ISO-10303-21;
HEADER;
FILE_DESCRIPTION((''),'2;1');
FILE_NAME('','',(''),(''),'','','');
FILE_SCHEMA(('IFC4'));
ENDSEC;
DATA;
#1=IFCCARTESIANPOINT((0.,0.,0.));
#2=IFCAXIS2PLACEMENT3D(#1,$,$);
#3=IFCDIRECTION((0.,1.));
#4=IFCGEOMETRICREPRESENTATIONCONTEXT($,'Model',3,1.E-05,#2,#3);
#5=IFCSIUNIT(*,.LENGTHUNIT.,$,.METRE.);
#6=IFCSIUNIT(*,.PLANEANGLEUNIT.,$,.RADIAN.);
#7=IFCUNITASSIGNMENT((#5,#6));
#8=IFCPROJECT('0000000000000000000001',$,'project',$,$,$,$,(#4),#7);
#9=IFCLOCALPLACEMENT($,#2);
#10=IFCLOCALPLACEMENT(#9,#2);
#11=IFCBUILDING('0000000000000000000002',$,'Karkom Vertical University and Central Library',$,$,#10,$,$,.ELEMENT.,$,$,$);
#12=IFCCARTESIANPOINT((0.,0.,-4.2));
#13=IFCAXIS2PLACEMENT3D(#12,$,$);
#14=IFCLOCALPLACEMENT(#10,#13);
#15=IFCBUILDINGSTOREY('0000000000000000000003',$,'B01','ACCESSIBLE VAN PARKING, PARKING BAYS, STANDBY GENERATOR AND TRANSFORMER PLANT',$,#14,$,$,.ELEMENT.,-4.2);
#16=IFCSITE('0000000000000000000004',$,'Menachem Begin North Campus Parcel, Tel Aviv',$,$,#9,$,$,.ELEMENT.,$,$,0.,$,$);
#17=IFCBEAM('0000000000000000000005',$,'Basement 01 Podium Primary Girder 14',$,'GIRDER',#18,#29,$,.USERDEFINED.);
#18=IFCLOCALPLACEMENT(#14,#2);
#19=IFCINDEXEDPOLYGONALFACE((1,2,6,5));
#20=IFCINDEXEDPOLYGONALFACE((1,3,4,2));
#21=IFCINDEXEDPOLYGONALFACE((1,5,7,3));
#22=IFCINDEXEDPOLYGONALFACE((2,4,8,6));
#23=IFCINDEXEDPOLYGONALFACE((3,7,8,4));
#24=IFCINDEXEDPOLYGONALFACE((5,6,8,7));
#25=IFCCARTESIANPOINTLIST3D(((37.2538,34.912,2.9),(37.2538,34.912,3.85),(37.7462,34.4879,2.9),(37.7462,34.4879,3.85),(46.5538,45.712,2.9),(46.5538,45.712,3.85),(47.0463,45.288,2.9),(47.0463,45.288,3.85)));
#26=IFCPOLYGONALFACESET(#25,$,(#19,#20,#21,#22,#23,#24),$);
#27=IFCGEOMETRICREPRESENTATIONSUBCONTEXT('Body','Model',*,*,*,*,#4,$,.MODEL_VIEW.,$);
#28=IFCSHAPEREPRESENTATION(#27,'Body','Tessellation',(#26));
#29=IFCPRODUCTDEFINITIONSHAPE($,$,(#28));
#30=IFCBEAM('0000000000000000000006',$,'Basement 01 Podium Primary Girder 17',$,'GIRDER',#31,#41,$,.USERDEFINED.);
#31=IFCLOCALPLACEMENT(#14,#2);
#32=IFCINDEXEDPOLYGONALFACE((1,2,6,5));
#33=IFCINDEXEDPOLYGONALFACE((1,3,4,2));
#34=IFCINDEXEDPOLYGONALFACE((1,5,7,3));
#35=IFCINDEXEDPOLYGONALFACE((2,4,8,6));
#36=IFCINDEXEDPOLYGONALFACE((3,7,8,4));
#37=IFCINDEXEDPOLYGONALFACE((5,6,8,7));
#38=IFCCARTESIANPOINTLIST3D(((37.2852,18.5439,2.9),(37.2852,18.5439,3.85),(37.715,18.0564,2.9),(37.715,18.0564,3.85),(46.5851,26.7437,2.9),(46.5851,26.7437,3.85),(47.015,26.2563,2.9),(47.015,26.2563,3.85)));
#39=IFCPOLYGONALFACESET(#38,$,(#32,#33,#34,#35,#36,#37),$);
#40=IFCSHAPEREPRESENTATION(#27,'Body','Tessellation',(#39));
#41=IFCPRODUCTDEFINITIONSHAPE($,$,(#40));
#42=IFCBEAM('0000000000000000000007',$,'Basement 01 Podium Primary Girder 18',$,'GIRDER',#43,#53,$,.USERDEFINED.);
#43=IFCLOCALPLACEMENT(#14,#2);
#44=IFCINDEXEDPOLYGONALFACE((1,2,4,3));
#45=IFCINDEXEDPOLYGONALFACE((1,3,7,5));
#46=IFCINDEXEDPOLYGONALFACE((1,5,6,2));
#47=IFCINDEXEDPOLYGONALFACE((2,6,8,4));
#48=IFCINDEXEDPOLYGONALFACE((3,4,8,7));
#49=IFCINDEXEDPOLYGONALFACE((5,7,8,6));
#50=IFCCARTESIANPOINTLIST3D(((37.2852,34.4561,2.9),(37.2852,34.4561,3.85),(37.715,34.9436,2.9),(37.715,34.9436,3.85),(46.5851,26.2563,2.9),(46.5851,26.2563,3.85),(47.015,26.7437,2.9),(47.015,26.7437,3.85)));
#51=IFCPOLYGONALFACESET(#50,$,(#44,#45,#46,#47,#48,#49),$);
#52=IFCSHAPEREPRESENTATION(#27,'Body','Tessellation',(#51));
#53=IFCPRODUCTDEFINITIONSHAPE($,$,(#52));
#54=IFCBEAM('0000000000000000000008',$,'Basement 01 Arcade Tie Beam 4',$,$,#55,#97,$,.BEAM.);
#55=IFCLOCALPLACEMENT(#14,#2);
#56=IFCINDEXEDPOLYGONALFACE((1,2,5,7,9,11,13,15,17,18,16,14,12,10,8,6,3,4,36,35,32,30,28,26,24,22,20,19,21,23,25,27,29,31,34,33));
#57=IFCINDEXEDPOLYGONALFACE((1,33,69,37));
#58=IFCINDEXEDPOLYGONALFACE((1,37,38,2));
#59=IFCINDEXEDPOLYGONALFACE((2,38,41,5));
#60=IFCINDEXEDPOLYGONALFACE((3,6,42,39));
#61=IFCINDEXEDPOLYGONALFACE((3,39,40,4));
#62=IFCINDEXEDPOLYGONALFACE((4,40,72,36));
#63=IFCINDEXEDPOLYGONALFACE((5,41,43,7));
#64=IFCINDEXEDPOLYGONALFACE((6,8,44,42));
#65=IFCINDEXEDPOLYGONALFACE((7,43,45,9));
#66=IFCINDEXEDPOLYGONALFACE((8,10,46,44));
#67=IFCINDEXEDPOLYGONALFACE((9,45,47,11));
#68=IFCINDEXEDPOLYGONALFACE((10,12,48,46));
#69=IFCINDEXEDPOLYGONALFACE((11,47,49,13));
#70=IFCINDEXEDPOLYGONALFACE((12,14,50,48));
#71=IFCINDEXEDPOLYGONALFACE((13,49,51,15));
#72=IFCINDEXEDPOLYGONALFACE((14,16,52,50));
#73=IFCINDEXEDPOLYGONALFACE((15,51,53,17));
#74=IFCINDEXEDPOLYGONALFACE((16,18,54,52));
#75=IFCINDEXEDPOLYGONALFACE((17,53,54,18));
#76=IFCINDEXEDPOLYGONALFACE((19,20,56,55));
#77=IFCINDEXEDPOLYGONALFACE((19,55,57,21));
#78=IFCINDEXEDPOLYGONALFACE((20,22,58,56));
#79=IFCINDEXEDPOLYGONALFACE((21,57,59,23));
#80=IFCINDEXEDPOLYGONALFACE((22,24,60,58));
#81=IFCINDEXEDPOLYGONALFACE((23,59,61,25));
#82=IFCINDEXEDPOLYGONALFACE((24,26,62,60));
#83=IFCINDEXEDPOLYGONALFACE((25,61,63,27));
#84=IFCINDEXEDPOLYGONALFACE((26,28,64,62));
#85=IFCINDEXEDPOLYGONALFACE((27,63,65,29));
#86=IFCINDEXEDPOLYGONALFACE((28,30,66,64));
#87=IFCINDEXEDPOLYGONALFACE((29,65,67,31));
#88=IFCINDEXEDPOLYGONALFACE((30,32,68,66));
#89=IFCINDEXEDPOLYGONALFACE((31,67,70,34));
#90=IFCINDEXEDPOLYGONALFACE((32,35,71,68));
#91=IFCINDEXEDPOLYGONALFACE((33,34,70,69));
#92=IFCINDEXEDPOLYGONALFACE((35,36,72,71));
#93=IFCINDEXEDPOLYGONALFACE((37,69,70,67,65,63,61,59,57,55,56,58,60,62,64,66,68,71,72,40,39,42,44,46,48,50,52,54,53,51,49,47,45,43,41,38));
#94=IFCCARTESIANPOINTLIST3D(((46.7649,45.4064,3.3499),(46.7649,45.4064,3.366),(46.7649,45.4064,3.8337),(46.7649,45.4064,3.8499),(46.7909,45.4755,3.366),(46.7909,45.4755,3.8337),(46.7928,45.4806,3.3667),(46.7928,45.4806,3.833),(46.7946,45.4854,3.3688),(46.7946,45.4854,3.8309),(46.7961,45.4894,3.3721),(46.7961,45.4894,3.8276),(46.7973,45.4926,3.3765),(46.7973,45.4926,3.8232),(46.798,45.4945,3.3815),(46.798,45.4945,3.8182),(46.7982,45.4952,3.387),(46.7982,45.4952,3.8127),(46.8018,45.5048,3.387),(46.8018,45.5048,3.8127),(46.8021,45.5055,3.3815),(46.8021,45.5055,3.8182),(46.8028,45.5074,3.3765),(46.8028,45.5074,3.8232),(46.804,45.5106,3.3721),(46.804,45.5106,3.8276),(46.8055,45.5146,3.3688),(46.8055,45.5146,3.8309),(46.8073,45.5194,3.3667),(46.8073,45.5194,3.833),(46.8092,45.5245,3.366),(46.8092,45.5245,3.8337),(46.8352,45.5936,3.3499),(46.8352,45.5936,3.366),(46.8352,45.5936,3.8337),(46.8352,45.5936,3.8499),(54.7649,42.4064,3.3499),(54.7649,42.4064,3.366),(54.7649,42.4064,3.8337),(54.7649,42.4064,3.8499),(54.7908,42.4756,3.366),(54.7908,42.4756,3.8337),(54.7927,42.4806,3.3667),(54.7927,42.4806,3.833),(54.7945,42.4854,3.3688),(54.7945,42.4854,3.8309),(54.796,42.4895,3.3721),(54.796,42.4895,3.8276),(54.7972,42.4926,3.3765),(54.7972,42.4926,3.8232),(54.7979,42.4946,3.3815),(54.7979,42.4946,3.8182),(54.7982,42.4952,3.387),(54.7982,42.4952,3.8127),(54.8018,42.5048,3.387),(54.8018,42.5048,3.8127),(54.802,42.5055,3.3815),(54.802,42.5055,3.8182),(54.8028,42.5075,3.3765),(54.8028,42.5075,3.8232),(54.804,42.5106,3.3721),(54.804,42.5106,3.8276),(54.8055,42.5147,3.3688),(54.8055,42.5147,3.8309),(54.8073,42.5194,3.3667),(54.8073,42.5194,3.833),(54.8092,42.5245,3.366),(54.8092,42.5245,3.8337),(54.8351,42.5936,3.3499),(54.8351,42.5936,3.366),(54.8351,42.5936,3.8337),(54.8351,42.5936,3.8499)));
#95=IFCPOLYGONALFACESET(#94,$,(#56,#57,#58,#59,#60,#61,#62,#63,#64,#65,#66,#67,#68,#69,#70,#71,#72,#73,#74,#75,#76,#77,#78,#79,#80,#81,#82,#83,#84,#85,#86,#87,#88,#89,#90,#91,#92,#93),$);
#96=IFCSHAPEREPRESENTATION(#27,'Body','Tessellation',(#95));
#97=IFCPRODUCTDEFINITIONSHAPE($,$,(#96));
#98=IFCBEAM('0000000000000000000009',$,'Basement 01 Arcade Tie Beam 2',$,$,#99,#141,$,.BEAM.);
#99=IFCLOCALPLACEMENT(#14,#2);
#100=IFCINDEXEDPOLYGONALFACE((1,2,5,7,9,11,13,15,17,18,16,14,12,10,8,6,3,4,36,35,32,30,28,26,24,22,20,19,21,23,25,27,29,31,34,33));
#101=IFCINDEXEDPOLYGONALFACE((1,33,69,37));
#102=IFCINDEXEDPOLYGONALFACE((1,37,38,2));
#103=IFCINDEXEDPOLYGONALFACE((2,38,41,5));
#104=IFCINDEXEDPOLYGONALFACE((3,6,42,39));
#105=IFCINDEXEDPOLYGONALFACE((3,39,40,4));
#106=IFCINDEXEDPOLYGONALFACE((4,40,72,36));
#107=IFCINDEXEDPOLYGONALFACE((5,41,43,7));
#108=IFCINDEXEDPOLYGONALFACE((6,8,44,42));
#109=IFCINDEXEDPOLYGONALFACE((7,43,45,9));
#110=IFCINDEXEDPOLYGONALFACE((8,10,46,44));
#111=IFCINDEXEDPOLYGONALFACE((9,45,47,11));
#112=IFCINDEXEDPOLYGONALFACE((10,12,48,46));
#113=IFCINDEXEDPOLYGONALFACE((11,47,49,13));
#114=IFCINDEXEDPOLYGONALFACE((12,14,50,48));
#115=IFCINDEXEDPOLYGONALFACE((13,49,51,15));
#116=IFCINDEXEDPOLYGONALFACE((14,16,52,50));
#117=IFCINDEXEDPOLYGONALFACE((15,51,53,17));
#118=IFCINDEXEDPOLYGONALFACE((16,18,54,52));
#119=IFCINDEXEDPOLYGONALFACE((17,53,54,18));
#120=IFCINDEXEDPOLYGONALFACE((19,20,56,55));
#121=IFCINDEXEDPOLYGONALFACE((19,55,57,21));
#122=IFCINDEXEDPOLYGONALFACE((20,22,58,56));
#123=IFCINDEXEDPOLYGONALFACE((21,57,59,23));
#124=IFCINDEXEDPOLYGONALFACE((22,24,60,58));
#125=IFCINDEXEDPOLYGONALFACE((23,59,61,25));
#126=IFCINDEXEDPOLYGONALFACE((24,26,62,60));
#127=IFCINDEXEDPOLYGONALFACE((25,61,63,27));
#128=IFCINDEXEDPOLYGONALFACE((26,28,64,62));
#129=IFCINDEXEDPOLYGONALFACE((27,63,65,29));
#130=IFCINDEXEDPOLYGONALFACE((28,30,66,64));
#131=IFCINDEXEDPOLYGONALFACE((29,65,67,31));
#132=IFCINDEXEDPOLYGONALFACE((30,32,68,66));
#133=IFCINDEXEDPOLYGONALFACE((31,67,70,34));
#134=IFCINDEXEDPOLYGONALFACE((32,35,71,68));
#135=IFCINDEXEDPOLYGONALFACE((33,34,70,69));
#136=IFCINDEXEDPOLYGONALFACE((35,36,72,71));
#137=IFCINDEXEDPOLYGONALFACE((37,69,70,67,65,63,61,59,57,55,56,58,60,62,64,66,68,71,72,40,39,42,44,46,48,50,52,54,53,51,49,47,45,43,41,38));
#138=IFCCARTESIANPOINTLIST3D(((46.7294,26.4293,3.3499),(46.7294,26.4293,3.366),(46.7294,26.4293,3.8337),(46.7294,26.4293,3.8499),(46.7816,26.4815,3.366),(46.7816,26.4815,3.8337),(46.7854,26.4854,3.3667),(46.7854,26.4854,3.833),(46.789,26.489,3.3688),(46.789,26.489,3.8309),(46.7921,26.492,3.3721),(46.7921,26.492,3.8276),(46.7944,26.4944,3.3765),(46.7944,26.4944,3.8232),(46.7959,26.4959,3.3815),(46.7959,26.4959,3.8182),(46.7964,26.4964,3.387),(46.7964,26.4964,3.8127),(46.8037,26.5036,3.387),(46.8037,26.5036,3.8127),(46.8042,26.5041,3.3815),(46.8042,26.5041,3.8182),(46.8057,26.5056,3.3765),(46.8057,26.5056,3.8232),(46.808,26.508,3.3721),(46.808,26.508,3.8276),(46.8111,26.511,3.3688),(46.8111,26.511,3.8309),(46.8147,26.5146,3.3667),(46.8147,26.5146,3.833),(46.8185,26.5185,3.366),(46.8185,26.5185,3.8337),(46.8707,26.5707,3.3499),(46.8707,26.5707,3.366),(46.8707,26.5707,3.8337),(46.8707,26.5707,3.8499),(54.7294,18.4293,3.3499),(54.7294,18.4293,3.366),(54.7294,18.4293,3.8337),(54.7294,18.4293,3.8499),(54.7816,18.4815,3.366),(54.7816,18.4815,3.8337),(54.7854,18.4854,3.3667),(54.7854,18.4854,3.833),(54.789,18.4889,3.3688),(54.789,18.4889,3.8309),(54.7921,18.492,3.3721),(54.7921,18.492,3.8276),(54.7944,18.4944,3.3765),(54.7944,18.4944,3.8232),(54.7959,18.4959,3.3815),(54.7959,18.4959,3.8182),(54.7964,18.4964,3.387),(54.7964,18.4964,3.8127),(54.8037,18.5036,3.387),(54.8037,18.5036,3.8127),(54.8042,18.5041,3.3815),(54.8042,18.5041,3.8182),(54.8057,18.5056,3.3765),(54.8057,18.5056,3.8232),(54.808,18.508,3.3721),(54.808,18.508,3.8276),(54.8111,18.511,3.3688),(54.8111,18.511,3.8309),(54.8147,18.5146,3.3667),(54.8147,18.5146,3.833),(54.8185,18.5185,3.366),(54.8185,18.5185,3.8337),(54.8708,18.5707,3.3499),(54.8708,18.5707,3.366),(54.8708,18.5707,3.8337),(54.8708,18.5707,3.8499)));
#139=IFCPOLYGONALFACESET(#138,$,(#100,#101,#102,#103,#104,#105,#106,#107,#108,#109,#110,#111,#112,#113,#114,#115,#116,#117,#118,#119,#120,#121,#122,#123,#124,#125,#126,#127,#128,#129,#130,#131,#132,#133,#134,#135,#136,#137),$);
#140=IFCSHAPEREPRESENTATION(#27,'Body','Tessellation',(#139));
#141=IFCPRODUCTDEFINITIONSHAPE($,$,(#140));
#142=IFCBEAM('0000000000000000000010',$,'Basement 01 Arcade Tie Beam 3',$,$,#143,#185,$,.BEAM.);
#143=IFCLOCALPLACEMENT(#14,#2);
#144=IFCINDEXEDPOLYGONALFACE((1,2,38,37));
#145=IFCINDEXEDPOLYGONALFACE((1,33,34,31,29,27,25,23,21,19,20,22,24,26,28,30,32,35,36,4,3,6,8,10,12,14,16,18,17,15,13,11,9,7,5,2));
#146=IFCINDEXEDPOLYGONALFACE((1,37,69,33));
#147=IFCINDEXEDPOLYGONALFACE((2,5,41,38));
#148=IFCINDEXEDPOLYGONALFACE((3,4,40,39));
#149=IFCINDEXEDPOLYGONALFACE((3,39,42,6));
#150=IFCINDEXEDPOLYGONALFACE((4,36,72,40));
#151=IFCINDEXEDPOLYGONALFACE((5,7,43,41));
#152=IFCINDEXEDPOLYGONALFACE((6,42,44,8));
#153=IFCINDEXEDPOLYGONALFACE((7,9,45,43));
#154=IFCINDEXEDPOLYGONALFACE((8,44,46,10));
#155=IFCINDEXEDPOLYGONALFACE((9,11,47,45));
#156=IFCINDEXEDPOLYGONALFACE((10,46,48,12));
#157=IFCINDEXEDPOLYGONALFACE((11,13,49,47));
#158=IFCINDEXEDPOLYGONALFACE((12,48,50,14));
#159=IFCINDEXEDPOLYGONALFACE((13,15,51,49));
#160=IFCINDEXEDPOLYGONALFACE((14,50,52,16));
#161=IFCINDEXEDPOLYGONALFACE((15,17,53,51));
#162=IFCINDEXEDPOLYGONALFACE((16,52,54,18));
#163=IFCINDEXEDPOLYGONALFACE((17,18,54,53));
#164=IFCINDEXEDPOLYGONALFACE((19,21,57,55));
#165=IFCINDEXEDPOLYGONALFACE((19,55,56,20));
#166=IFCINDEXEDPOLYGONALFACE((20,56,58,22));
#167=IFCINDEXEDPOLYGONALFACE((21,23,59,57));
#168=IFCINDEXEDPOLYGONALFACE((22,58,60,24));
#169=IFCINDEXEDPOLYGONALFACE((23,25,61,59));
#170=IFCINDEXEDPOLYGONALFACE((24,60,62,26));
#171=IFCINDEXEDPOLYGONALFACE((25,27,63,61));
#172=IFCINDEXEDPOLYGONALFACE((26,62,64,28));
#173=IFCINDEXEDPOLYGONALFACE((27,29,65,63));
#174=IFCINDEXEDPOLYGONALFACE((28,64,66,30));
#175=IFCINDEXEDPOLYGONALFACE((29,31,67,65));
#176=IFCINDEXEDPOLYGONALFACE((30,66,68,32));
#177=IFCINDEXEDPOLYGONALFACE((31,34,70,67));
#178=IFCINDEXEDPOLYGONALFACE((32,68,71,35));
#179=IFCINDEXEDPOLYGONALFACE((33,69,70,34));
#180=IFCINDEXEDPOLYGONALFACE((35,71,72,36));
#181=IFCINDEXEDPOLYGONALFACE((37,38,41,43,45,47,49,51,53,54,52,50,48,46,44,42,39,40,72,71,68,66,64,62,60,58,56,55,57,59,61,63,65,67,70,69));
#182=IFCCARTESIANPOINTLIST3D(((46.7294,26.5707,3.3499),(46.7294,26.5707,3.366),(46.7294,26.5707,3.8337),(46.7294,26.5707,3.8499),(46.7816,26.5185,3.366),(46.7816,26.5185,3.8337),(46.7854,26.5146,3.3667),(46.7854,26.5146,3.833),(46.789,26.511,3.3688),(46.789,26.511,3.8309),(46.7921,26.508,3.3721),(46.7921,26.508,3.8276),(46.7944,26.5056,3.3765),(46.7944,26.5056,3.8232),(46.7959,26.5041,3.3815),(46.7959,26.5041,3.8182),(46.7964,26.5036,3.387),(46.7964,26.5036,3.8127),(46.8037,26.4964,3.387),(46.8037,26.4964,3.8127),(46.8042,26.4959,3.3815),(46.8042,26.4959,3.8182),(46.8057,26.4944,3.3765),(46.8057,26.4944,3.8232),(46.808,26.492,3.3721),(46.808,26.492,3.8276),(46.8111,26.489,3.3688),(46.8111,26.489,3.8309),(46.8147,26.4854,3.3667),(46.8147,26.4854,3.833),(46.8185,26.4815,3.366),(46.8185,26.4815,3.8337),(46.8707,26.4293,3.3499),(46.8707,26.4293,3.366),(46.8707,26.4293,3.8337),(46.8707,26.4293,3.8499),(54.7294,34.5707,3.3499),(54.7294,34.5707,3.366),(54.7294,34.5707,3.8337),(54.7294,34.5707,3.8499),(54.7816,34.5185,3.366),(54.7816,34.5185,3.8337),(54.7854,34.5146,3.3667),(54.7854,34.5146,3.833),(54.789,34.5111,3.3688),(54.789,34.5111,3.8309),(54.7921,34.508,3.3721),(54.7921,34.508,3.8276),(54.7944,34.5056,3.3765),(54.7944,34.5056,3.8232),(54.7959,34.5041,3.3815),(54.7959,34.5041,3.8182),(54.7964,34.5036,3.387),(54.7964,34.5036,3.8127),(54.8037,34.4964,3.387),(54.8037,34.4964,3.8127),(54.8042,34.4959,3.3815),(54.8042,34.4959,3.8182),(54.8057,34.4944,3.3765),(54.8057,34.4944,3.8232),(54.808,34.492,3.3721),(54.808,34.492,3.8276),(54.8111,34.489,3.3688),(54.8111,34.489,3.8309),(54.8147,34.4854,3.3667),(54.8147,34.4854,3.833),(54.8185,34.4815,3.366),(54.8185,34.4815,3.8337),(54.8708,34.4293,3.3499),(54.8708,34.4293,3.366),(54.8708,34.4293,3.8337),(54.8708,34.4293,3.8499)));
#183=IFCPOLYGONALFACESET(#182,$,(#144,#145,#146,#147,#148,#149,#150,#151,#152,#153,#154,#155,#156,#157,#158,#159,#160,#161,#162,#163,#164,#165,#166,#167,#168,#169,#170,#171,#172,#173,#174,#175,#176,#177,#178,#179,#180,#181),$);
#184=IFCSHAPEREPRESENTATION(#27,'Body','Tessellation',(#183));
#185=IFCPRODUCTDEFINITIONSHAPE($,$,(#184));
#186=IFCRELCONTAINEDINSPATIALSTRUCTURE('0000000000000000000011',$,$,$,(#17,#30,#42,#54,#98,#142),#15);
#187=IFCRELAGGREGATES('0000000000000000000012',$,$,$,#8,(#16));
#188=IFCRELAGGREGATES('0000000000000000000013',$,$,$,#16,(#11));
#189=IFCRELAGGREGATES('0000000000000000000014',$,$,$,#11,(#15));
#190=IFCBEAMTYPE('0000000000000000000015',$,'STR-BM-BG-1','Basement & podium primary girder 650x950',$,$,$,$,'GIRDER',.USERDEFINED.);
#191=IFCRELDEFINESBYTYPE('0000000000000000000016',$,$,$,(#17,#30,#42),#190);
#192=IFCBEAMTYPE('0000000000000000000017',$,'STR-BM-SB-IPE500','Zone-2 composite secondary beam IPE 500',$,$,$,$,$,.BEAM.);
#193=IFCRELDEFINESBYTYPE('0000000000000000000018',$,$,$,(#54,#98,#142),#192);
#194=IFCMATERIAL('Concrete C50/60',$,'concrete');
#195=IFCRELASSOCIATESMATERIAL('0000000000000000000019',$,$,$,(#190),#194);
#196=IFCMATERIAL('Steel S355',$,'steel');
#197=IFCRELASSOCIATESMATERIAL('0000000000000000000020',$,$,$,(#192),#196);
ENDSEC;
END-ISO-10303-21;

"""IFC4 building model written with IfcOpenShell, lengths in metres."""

from ifc_helpers import new_model, si_unit, direction, frame, origin, origin_with_axes, origin_2d, place, context, subcontext, project, spatial, rectangle, i_section, extrude, source, transform, mapped, material, material_profile, profile_set, type_object, element, save


model = new_model("IFC4")

# Units and contexts
model_context = context("Model", 3, precision=1e-05, world=origin(), true_north=direction((0.0, 1.0)))
body_context = subcontext(model_context, "Body", "Model", "MODEL_VIEW")
ifc_project = project(units=[si_unit("LENGTHUNIT", "METRE"), si_unit("PLANEANGLEUNIT", "RADIAN")], contexts=[model_context])

# Site, building, storey
site_placement = place(None, origin())
site = spatial("IfcSite", under=ifc_project, at=site_placement, Name="Menachem Begin North Campus Parcel, Tel Aviv", CompositionType="ELEMENT", RefElevation=0.0)
building_placement = place(site_placement, origin())
building = spatial("IfcBuilding", under=site, at=building_placement, Name="Karkom Vertical University and Central Library", CompositionType="ELEMENT")
storey_placement = place(building_placement, frame((0.0, 0.0, -4.2)))
storey = spatial("IfcBuildingStorey", under=building, at=storey_placement, Name="B01", Description="ACCESSIBLE VAN PARKING, PARKING BAYS, STANDBY GENERATOR AND TRANSFORMER PLANT", CompositionType="ELEMENT", Elevation=-4.2)

# Shared definitions
ifc_material_1 = material(Name="Concrete C50/60", Category="concrete")

# Beams
ifc_material_profile_1 = material_profile(ifc_material_1, rectangle(XDim=0.6499, YDim=0.95, at=origin_2d()), Name="RCG-650x950")
ifc_profile_set_1 = profile_set([ifc_material_profile_1], Name="Concrete C50/60")
beam_type_1 = type_object("IfcBeamType", Name="STR-BM-BG-1", Description="Basement & podium primary girder 650x950", ElementType="GIRDER", PredefinedType="USERDEFINED", material=ifc_profile_set_1)
shared_shape_1 = source(origin_with_axes(), body_context, "Body", "SweptSolid", [
    extrude(rectangle(XDim=0.6499, YDim=0.95, at=origin_2d()), origin(), (0.0, 0.0, 1.0), 14.2524),
])
beam_1_placement = place(storey_placement, frame((46.8, 45.5, 3.375), z_axis=(-0.652523, -0.757769, 0.0), x_axis=(0.757769, -0.652523, 0.0)))
element("IfcBeam", 1, at=beam_1_placement, inside=storey, type_object=beam_type_1, Name="Basement 01 Podium Primary Girder 14", ObjectType="GIRDER", PredefinedType="USERDEFINED", context=body_context, shape_type="MappedRepresentation", body=[
    mapped(shared_shape_1, transform((0.0, 0.0, 0.0), scale=1.0)),
])
shared_shape_2 = source(origin_with_axes(), body_context, "Body", "SweptSolid", [
    extrude(rectangle(XDim=0.6499, YDim=0.95, at=origin_2d()), origin(), (0.0, 0.0, 1.0), 12.3987),
])
for number, where, z_axis, x_axis, name in (
    (2, (46.8, 26.5, 3.375), (-0.750077, -0.661351, 0.0), (0.661351, -0.750077, 0.0), "Basement 01 Podium Primary Girder 17"),
    (3, (46.8, 26.5, 3.375), (-0.750077, 0.661351, 0.0), (-0.661351, -0.750077, 0.0), "Basement 01 Podium Primary Girder 18"),
):
    element("IfcBeam", number, at=place(storey_placement, frame(where, z_axis=z_axis, x_axis=x_axis)), inside=storey, type_object=beam_type_1, Name=name, ObjectType="GIRDER", PredefinedType="USERDEFINED", context=body_context, shape_type="MappedRepresentation", body=[
        mapped(shared_shape_2, transform((0.0, 0.0, 0.0), scale=1.0)),
    ])
ifc_material_2 = material(Name="Steel S355", Category="steel")
ifc_material_profile_2 = material_profile(ifc_material_2, i_section(OverallWidth=0.2, OverallDepth=0.5, WebThickness=0.0103, FlangeThickness=0.0161, FilletRadius=0.021, at=origin_2d()), Name="IPE 500")
ifc_profile_set_2 = profile_set([ifc_material_profile_2], Name="Steel S355")
beam_type_2 = type_object("IfcBeamType", Name="STR-BM-SB-IPE500", Description="Zone-2 composite secondary beam IPE 500", PredefinedType="BEAM", material=ifc_profile_set_2)
shared_shape_3 = source(origin_with_axes(), body_context, "Body", "SweptSolid", [
    extrude(i_section(OverallWidth=0.2, OverallDepth=0.5, WebThickness=0.0103, FlangeThickness=0.0161, FilletRadius=0.021, at=origin_2d()), origin(), (0.0, 0.0, 1.0), 8.5439),
])
beam_2_placement = place(storey_placement, frame((46.8, 45.5, 3.5999), z_axis=(0.936329, -0.351123, 0.0), x_axis=(0.351123, 0.936329, 0.0)))
element("IfcBeam", 4, at=beam_2_placement, inside=storey, type_object=beam_type_2, Name="Basement 01 Arcade Tie Beam 4", PredefinedType="BEAM", context=body_context, shape_type="MappedRepresentation", body=[
    mapped(shared_shape_3, transform((0.0, 0.0, 0.0), scale=1.0)),
])
shared_shape_4 = source(origin_with_axes(), body_context, "Body", "SweptSolid", [
    extrude(i_section(OverallWidth=0.2, OverallDepth=0.5, WebThickness=0.0103, FlangeThickness=0.0161, FilletRadius=0.021, at=origin_2d()), origin(), (0.0, 0.0, 1.0), 11.3137),
])
for number, where, z_axis, x_axis, name in (
    (5, (46.8, 26.5, 3.5999), (0.707107, -0.707107, 0.0), (0.707107, 0.707107, 0.0), "Basement 01 Arcade Tie Beam 2"),
    (6, (46.8, 26.5, 3.5999), (0.707107, 0.707107, 0.0), (-0.707107, 0.707107, 0.0), "Basement 01 Arcade Tie Beam 3"),
):
    element("IfcBeam", number, at=place(storey_placement, frame(where, z_axis=z_axis, x_axis=x_axis)), inside=storey, type_object=beam_type_2, Name=name, PredefinedType="BEAM", context=body_context, shape_type="MappedRepresentation", body=[
        mapped(shared_shape_4, transform((0.0, 0.0, 0.0), scale=1.0)),
    ])

save(model, "model.ifc")
